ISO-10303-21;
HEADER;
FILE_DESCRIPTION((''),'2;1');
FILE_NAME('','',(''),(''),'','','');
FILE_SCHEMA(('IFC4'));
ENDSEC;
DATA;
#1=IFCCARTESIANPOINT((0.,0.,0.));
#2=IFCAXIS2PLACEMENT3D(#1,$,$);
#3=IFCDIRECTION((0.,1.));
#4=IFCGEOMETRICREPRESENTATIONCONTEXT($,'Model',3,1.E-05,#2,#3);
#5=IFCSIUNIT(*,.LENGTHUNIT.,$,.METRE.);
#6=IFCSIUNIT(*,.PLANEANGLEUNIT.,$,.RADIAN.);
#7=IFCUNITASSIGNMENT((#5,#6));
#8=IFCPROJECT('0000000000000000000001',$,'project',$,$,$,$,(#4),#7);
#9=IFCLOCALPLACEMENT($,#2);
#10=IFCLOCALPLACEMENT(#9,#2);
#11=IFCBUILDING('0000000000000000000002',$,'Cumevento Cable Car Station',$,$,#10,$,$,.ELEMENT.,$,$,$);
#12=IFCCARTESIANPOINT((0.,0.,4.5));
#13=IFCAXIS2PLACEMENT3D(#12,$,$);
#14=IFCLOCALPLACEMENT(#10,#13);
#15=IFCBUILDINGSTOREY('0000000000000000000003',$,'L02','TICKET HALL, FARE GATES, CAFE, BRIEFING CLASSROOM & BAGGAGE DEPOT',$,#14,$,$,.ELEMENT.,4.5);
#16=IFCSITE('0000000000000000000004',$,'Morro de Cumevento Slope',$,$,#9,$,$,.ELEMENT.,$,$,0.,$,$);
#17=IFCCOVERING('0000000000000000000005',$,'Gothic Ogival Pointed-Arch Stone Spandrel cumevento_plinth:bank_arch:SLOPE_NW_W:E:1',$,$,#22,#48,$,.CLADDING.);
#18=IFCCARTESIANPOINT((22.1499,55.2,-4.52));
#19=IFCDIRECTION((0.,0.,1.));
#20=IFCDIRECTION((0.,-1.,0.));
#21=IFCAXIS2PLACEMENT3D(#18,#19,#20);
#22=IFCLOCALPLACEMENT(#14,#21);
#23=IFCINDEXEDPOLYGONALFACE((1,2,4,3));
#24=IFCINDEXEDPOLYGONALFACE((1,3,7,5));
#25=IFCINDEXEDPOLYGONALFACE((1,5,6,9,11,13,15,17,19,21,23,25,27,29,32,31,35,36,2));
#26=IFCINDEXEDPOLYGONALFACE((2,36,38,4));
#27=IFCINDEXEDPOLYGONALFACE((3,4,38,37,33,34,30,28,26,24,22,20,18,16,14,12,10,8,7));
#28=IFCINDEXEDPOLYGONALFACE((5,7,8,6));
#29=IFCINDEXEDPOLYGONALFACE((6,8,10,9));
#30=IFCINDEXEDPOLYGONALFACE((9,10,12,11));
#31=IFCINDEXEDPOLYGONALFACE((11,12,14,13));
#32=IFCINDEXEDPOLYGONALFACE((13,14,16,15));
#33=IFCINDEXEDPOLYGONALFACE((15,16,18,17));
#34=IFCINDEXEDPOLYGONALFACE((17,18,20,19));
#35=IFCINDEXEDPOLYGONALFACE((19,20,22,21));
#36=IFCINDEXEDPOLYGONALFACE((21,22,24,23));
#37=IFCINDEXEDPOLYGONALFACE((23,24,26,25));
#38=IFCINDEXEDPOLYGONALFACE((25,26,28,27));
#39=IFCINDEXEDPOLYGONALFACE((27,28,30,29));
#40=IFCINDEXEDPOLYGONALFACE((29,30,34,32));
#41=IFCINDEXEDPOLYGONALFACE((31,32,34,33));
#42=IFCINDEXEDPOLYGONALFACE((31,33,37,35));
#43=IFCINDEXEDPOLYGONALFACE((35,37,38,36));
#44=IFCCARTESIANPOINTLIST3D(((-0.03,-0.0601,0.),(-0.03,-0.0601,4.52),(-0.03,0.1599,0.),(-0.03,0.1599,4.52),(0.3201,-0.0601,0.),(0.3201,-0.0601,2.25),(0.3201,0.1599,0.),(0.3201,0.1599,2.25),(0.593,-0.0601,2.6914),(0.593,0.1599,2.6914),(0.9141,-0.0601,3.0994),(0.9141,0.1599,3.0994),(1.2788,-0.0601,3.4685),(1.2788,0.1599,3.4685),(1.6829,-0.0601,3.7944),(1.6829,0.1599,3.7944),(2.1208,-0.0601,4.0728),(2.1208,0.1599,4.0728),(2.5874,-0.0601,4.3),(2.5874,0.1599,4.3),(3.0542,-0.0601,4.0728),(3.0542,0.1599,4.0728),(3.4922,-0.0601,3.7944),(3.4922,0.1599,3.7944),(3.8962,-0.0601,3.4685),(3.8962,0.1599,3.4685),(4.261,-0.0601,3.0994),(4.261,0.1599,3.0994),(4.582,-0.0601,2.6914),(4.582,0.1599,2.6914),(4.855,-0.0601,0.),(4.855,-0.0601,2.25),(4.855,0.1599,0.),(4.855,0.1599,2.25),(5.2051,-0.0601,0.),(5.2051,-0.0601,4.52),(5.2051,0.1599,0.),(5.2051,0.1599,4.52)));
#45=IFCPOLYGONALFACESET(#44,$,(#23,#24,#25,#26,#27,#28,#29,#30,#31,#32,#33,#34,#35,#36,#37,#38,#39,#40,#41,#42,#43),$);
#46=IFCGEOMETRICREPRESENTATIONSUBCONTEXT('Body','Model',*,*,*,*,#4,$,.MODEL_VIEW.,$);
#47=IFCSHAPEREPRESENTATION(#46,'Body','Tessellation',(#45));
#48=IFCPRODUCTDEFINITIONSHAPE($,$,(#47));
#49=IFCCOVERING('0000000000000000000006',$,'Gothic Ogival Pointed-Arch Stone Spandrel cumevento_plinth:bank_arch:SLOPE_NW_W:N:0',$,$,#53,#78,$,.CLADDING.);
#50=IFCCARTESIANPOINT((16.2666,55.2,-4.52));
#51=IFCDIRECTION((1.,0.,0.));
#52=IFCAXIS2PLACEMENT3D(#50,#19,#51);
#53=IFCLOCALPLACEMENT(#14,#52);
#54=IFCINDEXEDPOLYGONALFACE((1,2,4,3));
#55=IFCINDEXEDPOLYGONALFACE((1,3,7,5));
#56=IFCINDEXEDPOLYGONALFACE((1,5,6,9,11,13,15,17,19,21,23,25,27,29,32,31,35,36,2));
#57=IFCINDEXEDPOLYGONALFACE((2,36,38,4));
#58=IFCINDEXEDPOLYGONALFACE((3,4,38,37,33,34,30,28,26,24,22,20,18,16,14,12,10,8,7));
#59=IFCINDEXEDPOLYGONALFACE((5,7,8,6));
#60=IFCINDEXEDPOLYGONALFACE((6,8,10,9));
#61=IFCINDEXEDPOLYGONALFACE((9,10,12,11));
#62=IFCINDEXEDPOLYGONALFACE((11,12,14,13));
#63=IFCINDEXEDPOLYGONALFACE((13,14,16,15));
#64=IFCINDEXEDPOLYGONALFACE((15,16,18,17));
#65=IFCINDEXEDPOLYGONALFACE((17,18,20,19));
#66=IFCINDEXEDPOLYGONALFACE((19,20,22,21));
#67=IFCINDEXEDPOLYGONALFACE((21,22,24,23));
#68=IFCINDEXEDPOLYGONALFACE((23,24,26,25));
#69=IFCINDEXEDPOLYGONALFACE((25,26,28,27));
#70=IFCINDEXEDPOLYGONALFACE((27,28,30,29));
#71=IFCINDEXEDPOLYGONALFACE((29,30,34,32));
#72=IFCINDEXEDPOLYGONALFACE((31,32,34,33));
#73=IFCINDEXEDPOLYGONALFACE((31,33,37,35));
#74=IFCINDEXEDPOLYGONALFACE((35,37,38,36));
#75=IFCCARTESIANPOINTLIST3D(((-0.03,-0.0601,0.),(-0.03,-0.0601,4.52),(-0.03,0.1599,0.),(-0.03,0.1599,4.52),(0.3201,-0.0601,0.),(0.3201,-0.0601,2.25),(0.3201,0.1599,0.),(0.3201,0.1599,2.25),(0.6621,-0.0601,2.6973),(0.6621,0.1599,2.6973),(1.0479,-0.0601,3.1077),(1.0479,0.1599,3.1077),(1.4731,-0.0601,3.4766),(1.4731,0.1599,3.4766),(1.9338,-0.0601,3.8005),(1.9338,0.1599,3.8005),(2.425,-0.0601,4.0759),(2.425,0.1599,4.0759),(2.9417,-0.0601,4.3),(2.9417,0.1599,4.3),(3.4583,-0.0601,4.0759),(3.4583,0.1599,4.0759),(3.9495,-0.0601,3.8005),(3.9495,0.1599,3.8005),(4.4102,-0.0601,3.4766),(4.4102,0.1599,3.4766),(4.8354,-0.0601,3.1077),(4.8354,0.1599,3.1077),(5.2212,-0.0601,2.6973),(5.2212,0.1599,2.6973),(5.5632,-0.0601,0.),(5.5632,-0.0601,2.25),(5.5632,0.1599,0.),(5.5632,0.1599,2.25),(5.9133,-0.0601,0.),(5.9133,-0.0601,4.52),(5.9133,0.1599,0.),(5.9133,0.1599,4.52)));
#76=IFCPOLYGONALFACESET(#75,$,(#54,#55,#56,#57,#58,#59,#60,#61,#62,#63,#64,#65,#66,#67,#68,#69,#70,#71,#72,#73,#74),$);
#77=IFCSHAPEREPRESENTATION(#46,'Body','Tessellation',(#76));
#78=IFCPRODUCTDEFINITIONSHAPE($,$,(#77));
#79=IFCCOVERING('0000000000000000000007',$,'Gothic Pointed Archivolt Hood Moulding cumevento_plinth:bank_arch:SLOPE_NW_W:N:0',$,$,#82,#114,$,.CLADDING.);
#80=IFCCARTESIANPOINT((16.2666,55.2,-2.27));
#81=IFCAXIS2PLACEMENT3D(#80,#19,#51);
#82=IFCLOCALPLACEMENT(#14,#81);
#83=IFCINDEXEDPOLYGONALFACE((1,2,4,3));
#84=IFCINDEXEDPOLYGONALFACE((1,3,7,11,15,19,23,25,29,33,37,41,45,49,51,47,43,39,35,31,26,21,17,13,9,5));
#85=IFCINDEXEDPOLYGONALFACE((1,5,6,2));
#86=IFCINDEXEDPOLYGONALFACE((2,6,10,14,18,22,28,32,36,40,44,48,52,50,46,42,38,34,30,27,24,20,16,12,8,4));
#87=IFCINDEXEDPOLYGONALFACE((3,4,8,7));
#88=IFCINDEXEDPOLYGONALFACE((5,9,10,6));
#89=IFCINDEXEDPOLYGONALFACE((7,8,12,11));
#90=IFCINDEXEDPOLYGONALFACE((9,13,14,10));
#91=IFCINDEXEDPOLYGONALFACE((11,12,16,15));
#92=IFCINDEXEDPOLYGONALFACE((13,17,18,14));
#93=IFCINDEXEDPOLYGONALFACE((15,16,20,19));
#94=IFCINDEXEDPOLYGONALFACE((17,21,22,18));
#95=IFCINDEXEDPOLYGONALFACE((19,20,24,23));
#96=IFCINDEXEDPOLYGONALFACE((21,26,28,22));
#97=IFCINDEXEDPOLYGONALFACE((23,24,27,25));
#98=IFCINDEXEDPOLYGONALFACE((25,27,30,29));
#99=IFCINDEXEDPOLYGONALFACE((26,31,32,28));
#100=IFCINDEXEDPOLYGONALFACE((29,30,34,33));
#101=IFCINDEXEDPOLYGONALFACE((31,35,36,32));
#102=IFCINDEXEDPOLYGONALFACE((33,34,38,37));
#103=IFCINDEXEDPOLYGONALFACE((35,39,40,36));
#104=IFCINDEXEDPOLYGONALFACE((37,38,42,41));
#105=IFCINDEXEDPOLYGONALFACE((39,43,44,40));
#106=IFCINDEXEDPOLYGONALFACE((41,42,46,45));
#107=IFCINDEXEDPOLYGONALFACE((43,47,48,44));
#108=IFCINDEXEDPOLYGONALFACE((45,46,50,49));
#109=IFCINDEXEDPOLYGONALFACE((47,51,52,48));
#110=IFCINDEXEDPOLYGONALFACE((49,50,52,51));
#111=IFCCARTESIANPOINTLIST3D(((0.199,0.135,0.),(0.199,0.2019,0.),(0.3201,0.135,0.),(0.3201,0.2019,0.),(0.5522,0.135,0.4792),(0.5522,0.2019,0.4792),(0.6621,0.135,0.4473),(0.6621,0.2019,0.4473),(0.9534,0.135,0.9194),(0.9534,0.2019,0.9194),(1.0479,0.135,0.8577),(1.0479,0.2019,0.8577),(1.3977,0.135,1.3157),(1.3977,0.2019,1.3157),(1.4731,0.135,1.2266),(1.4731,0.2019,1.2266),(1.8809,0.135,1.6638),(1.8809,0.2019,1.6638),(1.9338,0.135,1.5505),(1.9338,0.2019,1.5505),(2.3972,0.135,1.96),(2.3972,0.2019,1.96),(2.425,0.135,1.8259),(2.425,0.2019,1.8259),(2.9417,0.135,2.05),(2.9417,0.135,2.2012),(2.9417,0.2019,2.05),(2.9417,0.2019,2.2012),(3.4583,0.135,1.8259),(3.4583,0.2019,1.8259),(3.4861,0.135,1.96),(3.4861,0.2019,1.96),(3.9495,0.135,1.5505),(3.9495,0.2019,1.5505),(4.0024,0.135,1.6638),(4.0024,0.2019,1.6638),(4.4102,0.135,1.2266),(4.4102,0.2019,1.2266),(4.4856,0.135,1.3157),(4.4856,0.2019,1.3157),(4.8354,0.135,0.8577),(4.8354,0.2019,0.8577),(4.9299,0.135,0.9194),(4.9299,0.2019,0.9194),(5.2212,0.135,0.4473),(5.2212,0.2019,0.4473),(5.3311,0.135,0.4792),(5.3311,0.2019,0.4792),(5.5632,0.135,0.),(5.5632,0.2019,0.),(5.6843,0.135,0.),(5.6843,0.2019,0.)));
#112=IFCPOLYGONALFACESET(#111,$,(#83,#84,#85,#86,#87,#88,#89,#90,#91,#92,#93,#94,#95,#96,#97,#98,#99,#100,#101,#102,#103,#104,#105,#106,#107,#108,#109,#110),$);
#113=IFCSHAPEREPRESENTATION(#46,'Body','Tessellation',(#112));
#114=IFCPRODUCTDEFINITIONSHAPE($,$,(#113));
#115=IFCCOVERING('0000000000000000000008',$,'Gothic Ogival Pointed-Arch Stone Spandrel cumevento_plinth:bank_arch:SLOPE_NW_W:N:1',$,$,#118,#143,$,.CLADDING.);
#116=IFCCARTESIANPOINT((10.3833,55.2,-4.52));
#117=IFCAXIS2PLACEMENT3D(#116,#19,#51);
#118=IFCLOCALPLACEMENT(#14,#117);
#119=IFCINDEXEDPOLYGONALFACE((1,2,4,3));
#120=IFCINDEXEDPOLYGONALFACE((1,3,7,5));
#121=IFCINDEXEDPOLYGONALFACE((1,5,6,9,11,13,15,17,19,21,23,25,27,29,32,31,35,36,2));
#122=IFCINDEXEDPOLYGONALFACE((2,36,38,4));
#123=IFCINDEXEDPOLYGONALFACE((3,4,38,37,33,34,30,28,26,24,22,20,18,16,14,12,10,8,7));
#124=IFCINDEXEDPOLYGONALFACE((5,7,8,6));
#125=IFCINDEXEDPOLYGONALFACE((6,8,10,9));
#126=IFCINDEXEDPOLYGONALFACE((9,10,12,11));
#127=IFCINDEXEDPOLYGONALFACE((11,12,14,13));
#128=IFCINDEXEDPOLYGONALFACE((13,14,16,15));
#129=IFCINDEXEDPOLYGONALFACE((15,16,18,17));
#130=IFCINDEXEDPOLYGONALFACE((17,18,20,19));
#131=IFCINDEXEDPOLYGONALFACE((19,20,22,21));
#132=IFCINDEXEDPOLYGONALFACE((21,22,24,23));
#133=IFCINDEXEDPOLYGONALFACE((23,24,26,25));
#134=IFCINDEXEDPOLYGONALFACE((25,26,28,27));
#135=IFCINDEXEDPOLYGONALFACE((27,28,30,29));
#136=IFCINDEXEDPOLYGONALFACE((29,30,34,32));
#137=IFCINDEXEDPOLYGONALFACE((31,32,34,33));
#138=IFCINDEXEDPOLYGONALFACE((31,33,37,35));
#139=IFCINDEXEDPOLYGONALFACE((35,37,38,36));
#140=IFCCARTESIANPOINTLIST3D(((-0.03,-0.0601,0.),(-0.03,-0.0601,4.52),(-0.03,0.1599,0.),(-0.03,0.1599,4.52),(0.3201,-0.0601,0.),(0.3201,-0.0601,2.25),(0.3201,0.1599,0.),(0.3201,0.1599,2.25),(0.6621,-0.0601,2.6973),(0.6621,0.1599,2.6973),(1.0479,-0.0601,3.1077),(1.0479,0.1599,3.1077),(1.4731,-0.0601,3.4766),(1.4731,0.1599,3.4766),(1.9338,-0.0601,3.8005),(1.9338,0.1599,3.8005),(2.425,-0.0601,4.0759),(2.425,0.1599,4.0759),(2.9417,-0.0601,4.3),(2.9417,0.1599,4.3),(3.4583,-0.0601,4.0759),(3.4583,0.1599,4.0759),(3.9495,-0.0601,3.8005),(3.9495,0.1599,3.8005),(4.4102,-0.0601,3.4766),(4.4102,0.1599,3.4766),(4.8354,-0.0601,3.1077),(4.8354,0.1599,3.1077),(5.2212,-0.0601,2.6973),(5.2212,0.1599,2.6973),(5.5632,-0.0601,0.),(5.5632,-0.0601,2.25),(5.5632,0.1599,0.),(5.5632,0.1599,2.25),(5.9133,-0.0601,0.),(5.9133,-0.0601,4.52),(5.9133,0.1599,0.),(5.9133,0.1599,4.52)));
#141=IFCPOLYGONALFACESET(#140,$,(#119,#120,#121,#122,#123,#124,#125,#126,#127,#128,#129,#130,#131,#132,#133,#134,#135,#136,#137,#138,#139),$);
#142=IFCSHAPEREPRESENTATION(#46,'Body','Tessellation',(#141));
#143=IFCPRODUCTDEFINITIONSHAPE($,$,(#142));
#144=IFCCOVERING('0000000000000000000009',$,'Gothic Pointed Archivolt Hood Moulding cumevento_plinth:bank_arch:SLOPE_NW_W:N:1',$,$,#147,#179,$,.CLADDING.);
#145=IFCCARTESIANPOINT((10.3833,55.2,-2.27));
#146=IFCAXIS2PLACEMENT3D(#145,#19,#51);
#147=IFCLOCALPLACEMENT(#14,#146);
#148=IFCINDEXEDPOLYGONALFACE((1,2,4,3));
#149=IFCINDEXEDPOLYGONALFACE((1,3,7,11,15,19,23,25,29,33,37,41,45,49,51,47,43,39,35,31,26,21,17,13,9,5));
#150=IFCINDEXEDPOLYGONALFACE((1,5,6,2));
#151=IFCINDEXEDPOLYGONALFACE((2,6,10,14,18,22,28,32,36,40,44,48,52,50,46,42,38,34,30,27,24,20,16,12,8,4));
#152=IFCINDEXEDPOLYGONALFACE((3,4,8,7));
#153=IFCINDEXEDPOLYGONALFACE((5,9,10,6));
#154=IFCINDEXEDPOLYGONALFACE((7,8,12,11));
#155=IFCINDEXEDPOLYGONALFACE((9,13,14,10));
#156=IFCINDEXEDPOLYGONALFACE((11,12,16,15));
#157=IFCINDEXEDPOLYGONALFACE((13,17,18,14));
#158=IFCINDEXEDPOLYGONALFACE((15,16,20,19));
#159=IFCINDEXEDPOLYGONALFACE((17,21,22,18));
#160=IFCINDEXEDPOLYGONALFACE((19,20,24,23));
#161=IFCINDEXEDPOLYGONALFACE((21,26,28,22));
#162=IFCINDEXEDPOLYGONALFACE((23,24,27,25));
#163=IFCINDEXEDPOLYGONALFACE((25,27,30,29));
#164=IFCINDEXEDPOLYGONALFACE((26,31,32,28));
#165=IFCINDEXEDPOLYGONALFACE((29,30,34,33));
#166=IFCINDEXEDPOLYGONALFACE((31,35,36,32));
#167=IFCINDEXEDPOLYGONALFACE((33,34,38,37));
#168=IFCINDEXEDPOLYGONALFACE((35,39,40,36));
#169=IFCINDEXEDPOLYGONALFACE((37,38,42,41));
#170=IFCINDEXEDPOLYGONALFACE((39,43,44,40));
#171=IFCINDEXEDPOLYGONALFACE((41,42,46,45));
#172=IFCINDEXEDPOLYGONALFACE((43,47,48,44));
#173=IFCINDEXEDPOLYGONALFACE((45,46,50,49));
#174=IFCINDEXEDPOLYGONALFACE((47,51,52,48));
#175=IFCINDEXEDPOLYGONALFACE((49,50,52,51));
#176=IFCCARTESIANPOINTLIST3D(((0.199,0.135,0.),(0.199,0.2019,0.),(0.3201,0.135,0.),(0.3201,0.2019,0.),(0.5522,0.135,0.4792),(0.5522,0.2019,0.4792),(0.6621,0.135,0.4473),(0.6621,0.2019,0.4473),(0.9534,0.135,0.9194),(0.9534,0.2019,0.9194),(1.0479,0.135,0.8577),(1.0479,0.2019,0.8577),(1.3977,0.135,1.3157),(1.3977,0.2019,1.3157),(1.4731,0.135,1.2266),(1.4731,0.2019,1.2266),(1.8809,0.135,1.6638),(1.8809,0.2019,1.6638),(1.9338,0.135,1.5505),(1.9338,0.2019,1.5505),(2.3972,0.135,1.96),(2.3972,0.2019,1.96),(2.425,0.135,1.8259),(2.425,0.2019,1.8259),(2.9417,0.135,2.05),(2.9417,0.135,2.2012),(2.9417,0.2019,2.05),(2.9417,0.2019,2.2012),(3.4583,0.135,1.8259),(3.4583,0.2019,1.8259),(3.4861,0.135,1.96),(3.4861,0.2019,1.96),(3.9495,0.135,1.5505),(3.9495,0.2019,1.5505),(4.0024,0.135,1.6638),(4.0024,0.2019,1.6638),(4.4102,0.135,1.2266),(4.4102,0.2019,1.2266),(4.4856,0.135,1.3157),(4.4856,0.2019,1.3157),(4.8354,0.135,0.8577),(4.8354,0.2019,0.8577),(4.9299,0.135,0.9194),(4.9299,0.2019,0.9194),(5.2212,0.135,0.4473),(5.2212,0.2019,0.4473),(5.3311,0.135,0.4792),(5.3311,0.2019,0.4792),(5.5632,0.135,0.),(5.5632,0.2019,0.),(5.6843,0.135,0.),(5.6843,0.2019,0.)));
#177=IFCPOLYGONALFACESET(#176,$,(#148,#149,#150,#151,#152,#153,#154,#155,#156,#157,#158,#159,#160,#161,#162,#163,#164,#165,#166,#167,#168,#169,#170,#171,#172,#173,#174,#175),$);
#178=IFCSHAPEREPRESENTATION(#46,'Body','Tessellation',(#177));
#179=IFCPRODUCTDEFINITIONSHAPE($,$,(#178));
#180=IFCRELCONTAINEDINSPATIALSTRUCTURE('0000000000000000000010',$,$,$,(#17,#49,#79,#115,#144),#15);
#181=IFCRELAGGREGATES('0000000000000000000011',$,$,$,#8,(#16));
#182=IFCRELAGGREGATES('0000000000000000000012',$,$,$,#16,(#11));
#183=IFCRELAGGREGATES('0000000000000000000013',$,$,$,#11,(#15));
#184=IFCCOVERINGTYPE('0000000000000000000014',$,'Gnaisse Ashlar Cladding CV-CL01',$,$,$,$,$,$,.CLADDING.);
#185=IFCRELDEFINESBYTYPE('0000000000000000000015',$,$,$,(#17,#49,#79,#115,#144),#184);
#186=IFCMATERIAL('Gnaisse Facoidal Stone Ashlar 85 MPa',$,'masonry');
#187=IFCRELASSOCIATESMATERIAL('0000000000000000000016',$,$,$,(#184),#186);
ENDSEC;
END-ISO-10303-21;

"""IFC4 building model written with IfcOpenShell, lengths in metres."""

from ifc_helpers import new_model, si_unit, direction, frame, origin, place, context, subcontext, project, spatial, polyline, outline, extrude, material, type_object, element, save


model = new_model("IFC4")

# Units and contexts
model_context = context("Model", 3, precision=1e-05, world=origin(), true_north=direction((0.0, 1.0)))
body_context = subcontext(model_context, "Body", "Model", "MODEL_VIEW")
ifc_project = project(units=[si_unit("LENGTHUNIT", "METRE"), si_unit("PLANEANGLEUNIT", "RADIAN")], contexts=[model_context])

# Site, building, storey
site_placement = place(None, origin())
site = spatial("IfcSite", under=ifc_project, at=site_placement, Name="Morro de Cumevento Slope", CompositionType="ELEMENT", RefElevation=0.0)
building_placement = place(site_placement, origin())
building = spatial("IfcBuilding", under=site, at=building_placement, Name="Cumevento Cable Car Station", CompositionType="ELEMENT")
storey_placement = place(building_placement, frame((0.0, 0.0, 4.5)))
storey = spatial("IfcBuildingStorey", under=building, at=storey_placement, Name="L02", Description="TICKET HALL, FARE GATES, CAFE, BRIEFING CLASSROOM & BAGGAGE DEPOT", CompositionType="ELEMENT", Elevation=4.5)

# Coverings
ifc_material_1 = material(Name="Gnaisse Facoidal Stone Ashlar 85 MPa", Category="masonry")
covering_type = type_object("IfcCoveringType", Name="Gnaisse Ashlar Cladding CV-CL01", PredefinedType="CLADDING", material=ifc_material_1)
covering_1_placement = place(storey_placement, frame((22.1499, 55.2, -4.52), z_axis=(0.0, 0.0, 1.0), x_axis=(0.0, -1.0, 0.0)))
element("IfcCovering", 1, at=covering_1_placement, inside=storey, type_object=covering_type, Name="Gothic Ogival Pointed-Arch Stone Spandrel cumevento_plinth:bank_arch:SLOPE_NW_W:E:1", PredefinedType="CLADDING", context=body_context, shape_type="SweptSolid", body=[
    extrude(outline(polyline([(-0.03, 0.0), (-0.03, 4.52), (5.2051, 4.52), (5.2051, 0.0), (4.855, 0.0), (4.855, 2.25), (4.582, 2.6914), (4.261, 3.0994), (3.8962, 3.4685), (3.4922, 3.7944), (3.0542, 4.0728), (2.5874, 4.3), (2.1208, 4.0728), (1.6829, 3.7944), (1.2788, 3.4685), (0.9141, 3.0994), (0.593, 2.6914), (0.3201, 2.25), (0.3201, 0.0), (-0.03, 0.0)])), frame((0.0, 0.1599, 0.0), z_axis=(0.0, -1.0, 0.0), x_axis=(1.0, 0.0, 0.0)), (0.0, 0.0, 1.0), 0.22),
])
covering_2_placement = place(storey_placement, frame((16.2666, 55.2, -4.52), z_axis=(0.0, 0.0, 1.0), x_axis=(1.0, 0.0, 0.0)))
element("IfcCovering", 2, at=covering_2_placement, inside=storey, type_object=covering_type, Name="Gothic Ogival Pointed-Arch Stone Spandrel cumevento_plinth:bank_arch:SLOPE_NW_W:N:0", PredefinedType="CLADDING", context=body_context, shape_type="SweptSolid", body=[
    extrude(outline(polyline([(-0.03, 0.0), (-0.03, 4.52), (5.9133, 4.52), (5.9133, 0.0), (5.5632, 0.0), (5.5632, 2.25), (5.2212, 2.6973), (4.8354, 3.1077), (4.4102, 3.4766), (3.9495, 3.8005), (3.4583, 4.0759), (2.9417, 4.3), (2.425, 4.0759), (1.9338, 3.8005), (1.4731, 3.4766), (1.0479, 3.1077), (0.6621, 2.6973), (0.3201, 2.25), (0.3201, 0.0), (-0.03, 0.0)])), frame((0.0, 0.1599, 0.0), z_axis=(0.0, -1.0, 0.0), x_axis=(1.0, 0.0, 0.0)), (0.0, 0.0, 1.0), 0.22),
])
covering_3_placement = place(storey_placement, frame((16.2666, 55.2, -2.27), z_axis=(0.0, 0.0, 1.0), x_axis=(1.0, 0.0, 0.0)))
element("IfcCovering", 3, at=covering_3_placement, inside=storey, type_object=covering_type, Name="Gothic Pointed Archivolt Hood Moulding cumevento_plinth:bank_arch:SLOPE_NW_W:N:0", PredefinedType="CLADDING", context=body_context, shape_type="SweptSolid", body=[
    extrude(outline(polyline([(0.3201, 0.0), (0.6621, 0.4473), (1.0479, 0.8577), (1.4731, 1.2266), (1.9338, 1.5505), (2.425, 1.8259), (2.9417, 2.05), (3.4583, 1.8259), (3.9495, 1.5505), (4.4102, 1.2266), (4.8354, 0.8577), (5.2212, 0.4473), (5.5632, 0.0), (5.6843, 0.0), (5.3311, 0.4792), (4.9299, 0.9194), (4.4856, 1.3157), (4.0024, 1.6638), (3.4861, 1.96), (2.9417, 2.2012), (2.3972, 1.96), (1.8809, 1.6638), (1.3977, 1.3157), (0.9534, 0.9194), (0.5522, 0.4792), (0.199, 0.0), (0.3201, 0.0)])), frame((0.0, 0.2019, 0.0), z_axis=(0.0, -1.0, 0.0), x_axis=(1.0, 0.0, 0.0)), (0.0, 0.0, 1.0), 0.0669),
])
covering_4_placement = place(storey_placement, frame((10.3833, 55.2, -4.52), z_axis=(0.0, 0.0, 1.0), x_axis=(1.0, 0.0, 0.0)))
element("IfcCovering", 4, at=covering_4_placement, inside=storey, type_object=covering_type, Name="Gothic Ogival Pointed-Arch Stone Spandrel cumevento_plinth:bank_arch:SLOPE_NW_W:N:1", PredefinedType="CLADDING", context=body_context, shape_type="SweptSolid", body=[
    extrude(outline(polyline([(-0.03, 0.0), (-0.03, 4.52), (5.9133, 4.52), (5.9133, 0.0), (5.5632, 0.0), (5.5632, 2.25), (5.2212, 2.6973), (4.8354, 3.1077), (4.4102, 3.4766), (3.9495, 3.8005), (3.4583, 4.0759), (2.9417, 4.3), (2.425, 4.0759), (1.9338, 3.8005), (1.4731, 3.4766), (1.0479, 3.1077), (0.6621, 2.6973), (0.3201, 2.25), (0.3201, 0.0), (-0.03, 0.0)])), frame((0.0, 0.1599, 0.0), z_axis=(0.0, -1.0, 0.0), x_axis=(1.0, 0.0, 0.0)), (0.0, 0.0, 1.0), 0.22),
])
covering_5_placement = place(storey_placement, frame((10.3833, 55.2, -2.27), z_axis=(0.0, 0.0, 1.0), x_axis=(1.0, 0.0, 0.0)))
element("IfcCovering", 5, at=covering_5_placement, inside=storey, type_object=covering_type, Name="Gothic Pointed Archivolt Hood Moulding cumevento_plinth:bank_arch:SLOPE_NW_W:N:1", PredefinedType="CLADDING", context=body_context, shape_type="SweptSolid", body=[
    extrude(outline(polyline([(0.3201, 0.0), (0.6621, 0.4473), (1.0479, 0.8577), (1.4731, 1.2266), (1.9338, 1.5505), (2.425, 1.8259), (2.9417, 2.05), (3.4583, 1.8259), (3.9495, 1.5505), (4.4102, 1.2266), (4.8354, 0.8577), (5.2212, 0.4473), (5.5632, 0.0), (5.6843, 0.0), (5.3311, 0.4792), (4.9299, 0.9194), (4.4856, 1.3157), (4.0024, 1.6638), (3.4861, 1.96), (2.9417, 2.2012), (2.3972, 1.96), (1.8809, 1.6638), (1.3977, 1.3157), (0.9534, 0.9194), (0.5522, 0.4792), (0.199, 0.0), (0.3201, 0.0)])), frame((0.0, 0.2019, 0.0), z_axis=(0.0, -1.0, 0.0), x_axis=(1.0, 0.0, 0.0)), (0.0, 0.0, 1.0), 0.0669),
])

save(model, "model.ifc")
